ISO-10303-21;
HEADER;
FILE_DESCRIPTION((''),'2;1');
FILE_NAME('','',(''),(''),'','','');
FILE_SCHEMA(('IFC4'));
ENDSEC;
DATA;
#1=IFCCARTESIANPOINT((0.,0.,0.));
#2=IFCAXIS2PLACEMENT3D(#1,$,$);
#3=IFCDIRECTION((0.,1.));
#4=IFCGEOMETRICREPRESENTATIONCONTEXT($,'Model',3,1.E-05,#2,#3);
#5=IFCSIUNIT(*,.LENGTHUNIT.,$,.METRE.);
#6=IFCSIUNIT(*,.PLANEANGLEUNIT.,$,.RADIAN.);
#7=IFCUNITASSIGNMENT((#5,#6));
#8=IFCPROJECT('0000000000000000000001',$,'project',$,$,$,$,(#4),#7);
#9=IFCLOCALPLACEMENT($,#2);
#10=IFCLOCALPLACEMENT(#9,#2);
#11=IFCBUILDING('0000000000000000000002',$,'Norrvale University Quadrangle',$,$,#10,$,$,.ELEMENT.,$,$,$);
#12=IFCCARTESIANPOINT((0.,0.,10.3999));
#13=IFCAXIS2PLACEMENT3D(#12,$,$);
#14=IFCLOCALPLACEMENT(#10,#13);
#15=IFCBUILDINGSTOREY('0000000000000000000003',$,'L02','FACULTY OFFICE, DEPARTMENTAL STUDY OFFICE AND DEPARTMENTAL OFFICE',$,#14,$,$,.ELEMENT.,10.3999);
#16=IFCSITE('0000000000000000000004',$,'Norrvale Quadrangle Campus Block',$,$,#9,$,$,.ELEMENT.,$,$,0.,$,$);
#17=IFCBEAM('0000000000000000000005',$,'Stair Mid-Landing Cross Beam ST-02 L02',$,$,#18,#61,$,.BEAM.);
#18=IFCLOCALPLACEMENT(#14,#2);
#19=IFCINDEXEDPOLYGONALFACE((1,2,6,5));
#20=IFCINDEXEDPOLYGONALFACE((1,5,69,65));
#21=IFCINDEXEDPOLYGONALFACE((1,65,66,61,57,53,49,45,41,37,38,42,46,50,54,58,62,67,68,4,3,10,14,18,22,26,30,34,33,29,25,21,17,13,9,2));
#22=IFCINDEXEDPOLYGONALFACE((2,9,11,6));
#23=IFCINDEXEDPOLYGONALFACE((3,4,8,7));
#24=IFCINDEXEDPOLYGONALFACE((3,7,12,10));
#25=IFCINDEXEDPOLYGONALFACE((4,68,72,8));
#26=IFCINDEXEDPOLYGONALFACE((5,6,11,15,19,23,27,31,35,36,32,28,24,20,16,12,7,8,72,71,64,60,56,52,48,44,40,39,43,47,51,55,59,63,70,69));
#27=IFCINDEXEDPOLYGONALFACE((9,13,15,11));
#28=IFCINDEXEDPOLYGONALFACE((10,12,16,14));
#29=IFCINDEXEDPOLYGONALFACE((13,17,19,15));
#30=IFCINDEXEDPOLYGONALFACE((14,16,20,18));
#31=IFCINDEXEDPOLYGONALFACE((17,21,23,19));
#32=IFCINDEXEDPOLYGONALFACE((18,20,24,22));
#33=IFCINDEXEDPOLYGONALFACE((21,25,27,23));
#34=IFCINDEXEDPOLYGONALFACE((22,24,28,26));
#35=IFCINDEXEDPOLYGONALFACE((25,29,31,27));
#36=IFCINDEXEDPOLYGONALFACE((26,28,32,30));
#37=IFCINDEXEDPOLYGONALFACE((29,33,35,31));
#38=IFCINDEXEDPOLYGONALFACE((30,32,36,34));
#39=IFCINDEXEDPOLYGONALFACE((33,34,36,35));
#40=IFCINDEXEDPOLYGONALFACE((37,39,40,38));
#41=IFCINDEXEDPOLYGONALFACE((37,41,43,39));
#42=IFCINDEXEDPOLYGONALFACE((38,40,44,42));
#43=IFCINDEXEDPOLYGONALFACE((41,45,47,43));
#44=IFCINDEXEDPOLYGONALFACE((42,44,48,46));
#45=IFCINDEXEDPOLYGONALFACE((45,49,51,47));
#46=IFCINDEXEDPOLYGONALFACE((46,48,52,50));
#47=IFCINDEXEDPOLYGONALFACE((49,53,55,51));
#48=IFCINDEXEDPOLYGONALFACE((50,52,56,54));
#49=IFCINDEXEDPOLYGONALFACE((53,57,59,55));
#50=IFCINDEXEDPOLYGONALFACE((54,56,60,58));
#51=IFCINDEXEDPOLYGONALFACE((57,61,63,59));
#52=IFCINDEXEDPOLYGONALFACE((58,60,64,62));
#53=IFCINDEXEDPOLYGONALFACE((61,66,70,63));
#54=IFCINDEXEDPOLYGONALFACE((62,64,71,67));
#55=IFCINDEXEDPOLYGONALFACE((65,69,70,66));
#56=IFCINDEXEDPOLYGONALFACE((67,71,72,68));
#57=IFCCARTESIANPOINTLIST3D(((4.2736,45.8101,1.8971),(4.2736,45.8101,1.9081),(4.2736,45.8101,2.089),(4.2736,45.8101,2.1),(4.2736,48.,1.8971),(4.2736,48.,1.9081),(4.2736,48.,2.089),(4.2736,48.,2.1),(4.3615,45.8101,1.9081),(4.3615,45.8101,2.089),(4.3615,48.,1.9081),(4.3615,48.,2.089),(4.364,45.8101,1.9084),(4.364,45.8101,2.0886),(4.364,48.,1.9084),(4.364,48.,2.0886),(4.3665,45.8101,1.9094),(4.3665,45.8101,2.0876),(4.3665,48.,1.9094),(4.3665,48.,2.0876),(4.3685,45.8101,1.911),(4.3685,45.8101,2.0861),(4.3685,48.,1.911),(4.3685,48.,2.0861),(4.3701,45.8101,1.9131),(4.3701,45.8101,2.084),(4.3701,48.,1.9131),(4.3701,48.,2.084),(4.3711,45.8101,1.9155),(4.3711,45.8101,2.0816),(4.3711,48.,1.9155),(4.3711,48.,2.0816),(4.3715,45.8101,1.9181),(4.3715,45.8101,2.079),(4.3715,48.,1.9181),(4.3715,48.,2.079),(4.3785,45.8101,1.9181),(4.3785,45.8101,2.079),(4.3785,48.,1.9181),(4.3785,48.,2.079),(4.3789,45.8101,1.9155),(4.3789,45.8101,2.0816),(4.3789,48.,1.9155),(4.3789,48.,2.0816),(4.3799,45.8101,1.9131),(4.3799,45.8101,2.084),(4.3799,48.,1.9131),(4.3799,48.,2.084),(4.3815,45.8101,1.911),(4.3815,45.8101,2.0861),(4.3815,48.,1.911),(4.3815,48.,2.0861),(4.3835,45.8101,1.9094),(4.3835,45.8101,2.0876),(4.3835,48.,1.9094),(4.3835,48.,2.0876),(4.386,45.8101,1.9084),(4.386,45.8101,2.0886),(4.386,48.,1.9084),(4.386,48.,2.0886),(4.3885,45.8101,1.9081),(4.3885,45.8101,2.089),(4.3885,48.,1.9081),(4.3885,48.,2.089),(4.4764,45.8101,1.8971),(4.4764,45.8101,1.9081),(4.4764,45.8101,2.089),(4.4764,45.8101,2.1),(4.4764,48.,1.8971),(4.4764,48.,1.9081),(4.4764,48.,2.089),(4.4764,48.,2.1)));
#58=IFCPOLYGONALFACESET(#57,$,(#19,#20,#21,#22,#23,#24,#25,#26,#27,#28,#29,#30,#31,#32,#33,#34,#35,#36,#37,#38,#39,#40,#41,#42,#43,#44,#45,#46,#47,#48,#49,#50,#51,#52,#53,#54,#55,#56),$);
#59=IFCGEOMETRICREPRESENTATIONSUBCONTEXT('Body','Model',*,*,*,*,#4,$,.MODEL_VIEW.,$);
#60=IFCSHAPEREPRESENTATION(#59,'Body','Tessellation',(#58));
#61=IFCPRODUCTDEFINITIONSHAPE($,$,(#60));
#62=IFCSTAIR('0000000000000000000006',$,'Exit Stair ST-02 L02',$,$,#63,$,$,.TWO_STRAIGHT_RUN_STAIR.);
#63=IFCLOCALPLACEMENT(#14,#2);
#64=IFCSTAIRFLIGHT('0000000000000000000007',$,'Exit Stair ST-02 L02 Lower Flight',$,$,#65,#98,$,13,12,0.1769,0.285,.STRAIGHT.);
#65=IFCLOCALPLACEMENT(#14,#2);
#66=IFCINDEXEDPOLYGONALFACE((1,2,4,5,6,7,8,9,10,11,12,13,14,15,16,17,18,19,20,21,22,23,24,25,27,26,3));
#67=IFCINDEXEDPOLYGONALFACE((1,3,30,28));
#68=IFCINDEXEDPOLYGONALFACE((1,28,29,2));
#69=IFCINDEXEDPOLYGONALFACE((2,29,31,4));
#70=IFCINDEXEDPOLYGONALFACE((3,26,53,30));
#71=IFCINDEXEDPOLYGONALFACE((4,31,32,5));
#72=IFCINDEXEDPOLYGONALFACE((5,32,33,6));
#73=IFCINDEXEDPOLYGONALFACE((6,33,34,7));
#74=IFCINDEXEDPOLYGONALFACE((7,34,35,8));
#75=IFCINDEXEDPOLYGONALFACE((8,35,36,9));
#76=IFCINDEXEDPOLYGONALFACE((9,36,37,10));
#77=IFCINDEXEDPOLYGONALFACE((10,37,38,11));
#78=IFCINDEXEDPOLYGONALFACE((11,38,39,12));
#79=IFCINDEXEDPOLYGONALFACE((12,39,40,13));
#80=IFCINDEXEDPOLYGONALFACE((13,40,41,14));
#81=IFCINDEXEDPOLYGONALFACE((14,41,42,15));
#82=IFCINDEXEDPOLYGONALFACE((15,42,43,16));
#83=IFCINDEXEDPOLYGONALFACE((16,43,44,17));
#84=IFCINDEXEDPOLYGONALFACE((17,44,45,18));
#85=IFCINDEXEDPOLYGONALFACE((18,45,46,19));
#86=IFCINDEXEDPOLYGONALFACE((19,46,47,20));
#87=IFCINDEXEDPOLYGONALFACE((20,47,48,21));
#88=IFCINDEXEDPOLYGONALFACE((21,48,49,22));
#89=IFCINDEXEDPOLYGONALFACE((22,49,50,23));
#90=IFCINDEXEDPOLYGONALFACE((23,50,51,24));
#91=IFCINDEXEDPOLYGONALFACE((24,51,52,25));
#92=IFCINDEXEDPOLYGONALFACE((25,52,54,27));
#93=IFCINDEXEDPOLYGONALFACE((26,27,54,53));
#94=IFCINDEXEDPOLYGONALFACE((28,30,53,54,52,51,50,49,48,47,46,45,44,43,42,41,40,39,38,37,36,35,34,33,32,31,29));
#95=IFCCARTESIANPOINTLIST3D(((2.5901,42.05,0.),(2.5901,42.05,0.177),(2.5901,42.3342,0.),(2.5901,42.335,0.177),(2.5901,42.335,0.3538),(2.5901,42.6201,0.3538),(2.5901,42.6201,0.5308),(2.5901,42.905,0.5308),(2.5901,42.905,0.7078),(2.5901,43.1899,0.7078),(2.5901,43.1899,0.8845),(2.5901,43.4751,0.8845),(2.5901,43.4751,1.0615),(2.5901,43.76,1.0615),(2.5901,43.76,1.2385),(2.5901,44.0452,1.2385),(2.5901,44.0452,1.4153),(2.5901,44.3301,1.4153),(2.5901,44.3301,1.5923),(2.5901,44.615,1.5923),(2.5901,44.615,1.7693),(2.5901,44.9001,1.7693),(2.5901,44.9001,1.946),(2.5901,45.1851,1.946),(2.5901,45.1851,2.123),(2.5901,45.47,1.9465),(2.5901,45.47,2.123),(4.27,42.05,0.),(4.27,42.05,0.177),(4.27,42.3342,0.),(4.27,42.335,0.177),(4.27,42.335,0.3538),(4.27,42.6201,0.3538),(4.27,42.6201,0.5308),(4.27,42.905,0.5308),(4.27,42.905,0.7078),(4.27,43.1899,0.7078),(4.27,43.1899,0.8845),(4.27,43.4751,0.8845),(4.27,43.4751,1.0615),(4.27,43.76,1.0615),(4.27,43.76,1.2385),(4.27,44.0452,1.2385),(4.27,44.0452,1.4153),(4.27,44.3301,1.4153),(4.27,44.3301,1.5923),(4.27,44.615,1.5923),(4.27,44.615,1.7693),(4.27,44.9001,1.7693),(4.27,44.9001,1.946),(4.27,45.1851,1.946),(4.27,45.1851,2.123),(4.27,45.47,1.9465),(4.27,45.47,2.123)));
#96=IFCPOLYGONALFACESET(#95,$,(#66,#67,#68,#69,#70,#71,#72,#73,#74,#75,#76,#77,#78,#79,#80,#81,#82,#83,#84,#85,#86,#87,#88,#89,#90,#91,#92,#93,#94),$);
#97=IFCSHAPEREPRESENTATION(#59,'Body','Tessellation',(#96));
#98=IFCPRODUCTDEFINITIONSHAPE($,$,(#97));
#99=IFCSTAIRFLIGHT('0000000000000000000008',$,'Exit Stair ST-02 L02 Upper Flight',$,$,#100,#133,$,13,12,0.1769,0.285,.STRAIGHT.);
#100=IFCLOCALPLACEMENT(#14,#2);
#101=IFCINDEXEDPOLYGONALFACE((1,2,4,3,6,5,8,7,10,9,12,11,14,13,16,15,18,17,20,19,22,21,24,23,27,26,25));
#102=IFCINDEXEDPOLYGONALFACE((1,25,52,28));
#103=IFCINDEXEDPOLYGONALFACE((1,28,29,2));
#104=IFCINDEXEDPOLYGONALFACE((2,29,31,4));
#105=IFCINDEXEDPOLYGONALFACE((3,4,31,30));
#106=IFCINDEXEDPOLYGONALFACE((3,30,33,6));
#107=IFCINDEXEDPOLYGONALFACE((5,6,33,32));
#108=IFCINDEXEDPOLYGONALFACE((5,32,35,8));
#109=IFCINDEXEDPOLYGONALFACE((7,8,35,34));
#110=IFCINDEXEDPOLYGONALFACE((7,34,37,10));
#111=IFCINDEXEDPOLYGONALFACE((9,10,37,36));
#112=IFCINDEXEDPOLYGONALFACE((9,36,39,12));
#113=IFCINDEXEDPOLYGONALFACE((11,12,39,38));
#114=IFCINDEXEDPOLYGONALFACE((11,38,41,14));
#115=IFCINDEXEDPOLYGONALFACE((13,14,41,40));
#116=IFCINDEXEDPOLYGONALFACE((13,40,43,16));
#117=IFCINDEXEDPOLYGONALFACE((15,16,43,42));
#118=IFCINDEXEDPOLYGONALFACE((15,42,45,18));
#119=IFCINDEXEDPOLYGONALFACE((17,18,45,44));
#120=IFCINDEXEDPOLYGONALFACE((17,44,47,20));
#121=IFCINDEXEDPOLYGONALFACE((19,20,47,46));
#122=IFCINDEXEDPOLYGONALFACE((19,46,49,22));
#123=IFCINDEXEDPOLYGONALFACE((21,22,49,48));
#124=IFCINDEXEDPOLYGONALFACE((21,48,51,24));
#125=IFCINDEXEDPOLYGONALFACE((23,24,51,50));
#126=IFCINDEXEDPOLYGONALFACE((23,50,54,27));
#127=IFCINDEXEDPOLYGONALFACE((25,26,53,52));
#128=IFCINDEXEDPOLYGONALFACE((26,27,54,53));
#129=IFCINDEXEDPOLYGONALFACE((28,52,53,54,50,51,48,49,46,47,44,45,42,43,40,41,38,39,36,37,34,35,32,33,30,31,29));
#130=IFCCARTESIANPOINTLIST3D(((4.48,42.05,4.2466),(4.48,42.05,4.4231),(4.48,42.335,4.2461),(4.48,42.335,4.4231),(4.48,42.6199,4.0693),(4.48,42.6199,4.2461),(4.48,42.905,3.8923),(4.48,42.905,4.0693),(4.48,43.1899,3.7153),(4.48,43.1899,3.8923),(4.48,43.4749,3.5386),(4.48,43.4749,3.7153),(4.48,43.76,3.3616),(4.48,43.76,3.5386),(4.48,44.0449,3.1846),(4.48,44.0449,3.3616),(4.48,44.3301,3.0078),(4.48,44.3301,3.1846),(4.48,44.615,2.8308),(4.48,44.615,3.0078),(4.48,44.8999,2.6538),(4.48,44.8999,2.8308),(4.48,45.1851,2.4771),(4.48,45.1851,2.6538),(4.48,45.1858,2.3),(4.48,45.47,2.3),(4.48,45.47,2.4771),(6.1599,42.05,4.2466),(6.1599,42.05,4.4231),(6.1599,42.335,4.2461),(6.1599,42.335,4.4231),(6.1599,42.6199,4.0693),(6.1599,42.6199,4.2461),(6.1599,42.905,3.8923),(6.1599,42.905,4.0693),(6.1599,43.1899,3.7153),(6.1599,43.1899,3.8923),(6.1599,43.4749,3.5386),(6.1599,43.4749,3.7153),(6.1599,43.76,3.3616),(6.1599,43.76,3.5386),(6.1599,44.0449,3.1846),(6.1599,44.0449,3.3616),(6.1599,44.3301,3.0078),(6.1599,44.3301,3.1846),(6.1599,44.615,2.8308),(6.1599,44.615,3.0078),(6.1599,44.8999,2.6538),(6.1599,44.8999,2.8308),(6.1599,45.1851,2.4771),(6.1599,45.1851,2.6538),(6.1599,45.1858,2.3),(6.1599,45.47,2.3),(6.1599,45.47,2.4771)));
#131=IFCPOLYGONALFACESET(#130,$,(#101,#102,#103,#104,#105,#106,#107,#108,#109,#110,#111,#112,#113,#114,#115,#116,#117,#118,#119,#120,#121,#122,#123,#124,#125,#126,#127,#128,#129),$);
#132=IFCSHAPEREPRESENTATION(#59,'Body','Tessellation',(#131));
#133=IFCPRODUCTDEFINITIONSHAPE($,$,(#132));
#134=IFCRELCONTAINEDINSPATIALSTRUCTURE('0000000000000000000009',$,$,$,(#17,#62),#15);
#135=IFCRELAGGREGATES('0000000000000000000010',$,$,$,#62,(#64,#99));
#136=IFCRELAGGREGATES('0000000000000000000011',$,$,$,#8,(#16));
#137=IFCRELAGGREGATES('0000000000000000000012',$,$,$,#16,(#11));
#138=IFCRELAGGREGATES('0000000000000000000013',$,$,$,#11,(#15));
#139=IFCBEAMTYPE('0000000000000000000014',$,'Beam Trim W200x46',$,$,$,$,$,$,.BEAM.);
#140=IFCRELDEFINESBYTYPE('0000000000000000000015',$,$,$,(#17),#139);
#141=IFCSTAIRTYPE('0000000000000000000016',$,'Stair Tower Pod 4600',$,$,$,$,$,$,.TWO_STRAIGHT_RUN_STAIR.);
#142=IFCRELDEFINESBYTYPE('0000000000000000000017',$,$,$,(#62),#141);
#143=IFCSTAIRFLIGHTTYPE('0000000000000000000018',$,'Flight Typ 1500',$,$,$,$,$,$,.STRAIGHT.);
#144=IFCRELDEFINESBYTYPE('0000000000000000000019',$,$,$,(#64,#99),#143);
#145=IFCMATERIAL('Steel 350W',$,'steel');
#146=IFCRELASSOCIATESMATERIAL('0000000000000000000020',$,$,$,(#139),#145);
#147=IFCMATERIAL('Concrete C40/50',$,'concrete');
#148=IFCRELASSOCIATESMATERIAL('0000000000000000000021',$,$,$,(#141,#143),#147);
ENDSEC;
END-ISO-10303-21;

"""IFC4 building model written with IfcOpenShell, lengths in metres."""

from ifc_helpers import new_model, si_unit, direction, frame, origin, origin_2d, place, context, subcontext, project, spatial, polyline, i_section, outline, extrude, material, material_profile, profile_set, type_object, element, aggregate, save


model = new_model("IFC4")

# Units and contexts
model_context = context("Model", 3, precision=1e-05, world=origin(), true_north=direction((0.0, 1.0)))
body_context = subcontext(model_context, "Body", "Model", "MODEL_VIEW")
ifc_project = project(units=[si_unit("LENGTHUNIT", "METRE"), si_unit("PLANEANGLEUNIT", "RADIAN")], contexts=[model_context])

# Site, building, storey
site_placement = place(None, origin())
site = spatial("IfcSite", under=ifc_project, at=site_placement, Name="Norrvale Quadrangle Campus Block", CompositionType="ELEMENT", RefElevation=0.0)
building_placement = place(site_placement, origin())
building = spatial("IfcBuilding", under=site, at=building_placement, Name="Norrvale University Quadrangle", CompositionType="ELEMENT")
storey_placement = place(building_placement, frame((0.0, 0.0, 10.3999)))
storey = spatial("IfcBuildingStorey", under=building, at=storey_placement, Name="L02", Description="FACULTY OFFICE, DEPARTMENTAL STUDY OFFICE AND DEPARTMENTAL OFFICE", CompositionType="ELEMENT", Elevation=10.3999)

# Beam
ifc_material_1 = material(Name="Steel 350W", Category="steel")
ifc_material_profile_1 = material_profile(ifc_material_1, i_section(OverallWidth=0.2029, OverallDepth=0.2029, WebThickness=0.0071, FlangeThickness=0.011, FilletRadius=0.01, at=origin_2d()), Name="Steel 350W")
ifc_profile_set_1 = profile_set([ifc_material_profile_1], Name="Steel 350W")
beam_type_1 = type_object("IfcBeamType", Name="Beam Trim W200x46", PredefinedType="BEAM", material=ifc_profile_set_1)
beam_1_placement = place(storey_placement, frame((4.375, 45.8101, 1.9985), z_axis=(0.0, 1.0, 0.0), x_axis=(-1.0, 0.0, 0.0)))
element("IfcBeam", 1, at=beam_1_placement, inside=storey, type_object=beam_type_1, Name="Stair Mid-Landing Cross Beam ST-02 L02", PredefinedType="BEAM", context=body_context, shape_type="SweptSolid", body=[
    extrude(i_section(OverallWidth=0.2029, OverallDepth=0.2029, WebThickness=0.0071, FlangeThickness=0.011, FilletRadius=0.01, at=origin_2d()), origin(), (0.0, 0.0, 1.0), 2.1899),
])

# Stair, stair flights
ifc_material_2 = material(Name="Concrete C40/50", Category="concrete")
stair_type = type_object("IfcStairType", Name="Stair Tower Pod 4600", PredefinedType="TWO_STRAIGHT_RUN_STAIR", material=ifc_material_2)
stair_placement = place(storey_placement, origin())
stair = element("IfcStair", 2, at=stair_placement, inside=storey, type_object=stair_type, Name="Exit Stair ST-02 L02", PredefinedType="TWO_STRAIGHT_RUN_STAIR")
stair_flight_type = type_object("IfcStairFlightType", Name="Flight Typ 1500", PredefinedType="STRAIGHT", material=ifc_material_2)
stair_flight_1_placement = place(storey_placement, frame((3.4299, 42.05, 0.0), z_axis=(0.0, 0.0, 1.0), x_axis=(0.0, 1.0, 0.0)))
stair_flight_1 = element("IfcStairFlight", 3, at=stair_flight_1_placement, type_object=stair_flight_type, Name="Exit Stair ST-02 L02 Lower Flight", NumberOfRisers=13, NumberOfTreads=12, PredefinedType="STRAIGHT", RiserHeight=0.1769, TreadLength=0.285, context=body_context, shape_type="SweptSolid", body=[
    extrude(outline(polyline([(0.0, 0.0), (0.0, 0.177), (0.2849, 0.177), (0.2849, 0.3538), (0.5701, 0.3538), (0.5701, 0.5308), (0.855, 0.5308), (0.855, 0.7078), (1.1399, 0.7078), (1.1399, 0.8845), (1.425, 0.8845), (1.425, 1.0615), (1.71, 1.0615), (1.71, 1.2385), (1.9951, 1.2385), (1.9951, 1.4153), (2.28, 1.4153), (2.28, 1.5923), (2.5649, 1.5923), (2.5649, 1.7693), (2.8501, 1.7693), (2.8501, 1.946), (3.135, 1.946), (3.135, 2.123), (3.4199, 2.123), (3.4199, 2.3), (3.4199, 1.9465), (0.2842, 0.0), (0.0, 0.0)])), frame((0.0, 0.8398, 0.0), z_axis=(0.0, -1.0, 0.0), x_axis=(1.0, 0.0, 0.0)), (0.0, 0.0, 1.0), 1.6799),
])
stair_flight_2_placement = place(storey_placement, frame((5.3201, 45.47, 2.3), z_axis=(0.0, 0.0, 1.0), x_axis=(0.0, -1.0, 0.0)))
stair_flight_2 = element("IfcStairFlight", 4, at=stair_flight_2_placement, type_object=stair_flight_type, Name="Exit Stair ST-02 L02 Upper Flight", NumberOfRisers=13, NumberOfTreads=12, PredefinedType="STRAIGHT", RiserHeight=0.1769, TreadLength=0.285, context=body_context, shape_type="SweptSolid", body=[
    extrude(outline(polyline([(0.0, 0.0), (0.0, 0.177), (0.2849, 0.177), (0.2849, 0.3538), (0.5701, 0.3538), (0.5701, 0.5308), (0.855, 0.5308), (0.855, 0.7078), (1.1399, 0.7078), (1.1399, 0.8845), (1.425, 0.8845), (1.425, 1.0615), (1.71, 1.0615), (1.71, 1.2385), (1.9951, 1.2385), (1.9951, 1.4153), (2.28, 1.4153), (2.28, 1.5923), (2.5649, 1.5923), (2.5649, 1.7693), (2.8501, 1.7693), (2.8501, 1.946), (3.135, 1.946), (3.135, 2.123), (3.4199, 2.123), (3.4199, 2.3), (3.4199, 1.9465), (0.2842, 0.0), (0.0, 0.0)])), frame((0.0, 0.8398, 0.0), z_axis=(0.0, -1.0, 0.0), x_axis=(1.0, 0.0, 0.0)), (0.0, 0.0, 1.0), 1.6799),
])
aggregate(stair, [stair_flight_1, stair_flight_2])

save(model, "model.ifc")
